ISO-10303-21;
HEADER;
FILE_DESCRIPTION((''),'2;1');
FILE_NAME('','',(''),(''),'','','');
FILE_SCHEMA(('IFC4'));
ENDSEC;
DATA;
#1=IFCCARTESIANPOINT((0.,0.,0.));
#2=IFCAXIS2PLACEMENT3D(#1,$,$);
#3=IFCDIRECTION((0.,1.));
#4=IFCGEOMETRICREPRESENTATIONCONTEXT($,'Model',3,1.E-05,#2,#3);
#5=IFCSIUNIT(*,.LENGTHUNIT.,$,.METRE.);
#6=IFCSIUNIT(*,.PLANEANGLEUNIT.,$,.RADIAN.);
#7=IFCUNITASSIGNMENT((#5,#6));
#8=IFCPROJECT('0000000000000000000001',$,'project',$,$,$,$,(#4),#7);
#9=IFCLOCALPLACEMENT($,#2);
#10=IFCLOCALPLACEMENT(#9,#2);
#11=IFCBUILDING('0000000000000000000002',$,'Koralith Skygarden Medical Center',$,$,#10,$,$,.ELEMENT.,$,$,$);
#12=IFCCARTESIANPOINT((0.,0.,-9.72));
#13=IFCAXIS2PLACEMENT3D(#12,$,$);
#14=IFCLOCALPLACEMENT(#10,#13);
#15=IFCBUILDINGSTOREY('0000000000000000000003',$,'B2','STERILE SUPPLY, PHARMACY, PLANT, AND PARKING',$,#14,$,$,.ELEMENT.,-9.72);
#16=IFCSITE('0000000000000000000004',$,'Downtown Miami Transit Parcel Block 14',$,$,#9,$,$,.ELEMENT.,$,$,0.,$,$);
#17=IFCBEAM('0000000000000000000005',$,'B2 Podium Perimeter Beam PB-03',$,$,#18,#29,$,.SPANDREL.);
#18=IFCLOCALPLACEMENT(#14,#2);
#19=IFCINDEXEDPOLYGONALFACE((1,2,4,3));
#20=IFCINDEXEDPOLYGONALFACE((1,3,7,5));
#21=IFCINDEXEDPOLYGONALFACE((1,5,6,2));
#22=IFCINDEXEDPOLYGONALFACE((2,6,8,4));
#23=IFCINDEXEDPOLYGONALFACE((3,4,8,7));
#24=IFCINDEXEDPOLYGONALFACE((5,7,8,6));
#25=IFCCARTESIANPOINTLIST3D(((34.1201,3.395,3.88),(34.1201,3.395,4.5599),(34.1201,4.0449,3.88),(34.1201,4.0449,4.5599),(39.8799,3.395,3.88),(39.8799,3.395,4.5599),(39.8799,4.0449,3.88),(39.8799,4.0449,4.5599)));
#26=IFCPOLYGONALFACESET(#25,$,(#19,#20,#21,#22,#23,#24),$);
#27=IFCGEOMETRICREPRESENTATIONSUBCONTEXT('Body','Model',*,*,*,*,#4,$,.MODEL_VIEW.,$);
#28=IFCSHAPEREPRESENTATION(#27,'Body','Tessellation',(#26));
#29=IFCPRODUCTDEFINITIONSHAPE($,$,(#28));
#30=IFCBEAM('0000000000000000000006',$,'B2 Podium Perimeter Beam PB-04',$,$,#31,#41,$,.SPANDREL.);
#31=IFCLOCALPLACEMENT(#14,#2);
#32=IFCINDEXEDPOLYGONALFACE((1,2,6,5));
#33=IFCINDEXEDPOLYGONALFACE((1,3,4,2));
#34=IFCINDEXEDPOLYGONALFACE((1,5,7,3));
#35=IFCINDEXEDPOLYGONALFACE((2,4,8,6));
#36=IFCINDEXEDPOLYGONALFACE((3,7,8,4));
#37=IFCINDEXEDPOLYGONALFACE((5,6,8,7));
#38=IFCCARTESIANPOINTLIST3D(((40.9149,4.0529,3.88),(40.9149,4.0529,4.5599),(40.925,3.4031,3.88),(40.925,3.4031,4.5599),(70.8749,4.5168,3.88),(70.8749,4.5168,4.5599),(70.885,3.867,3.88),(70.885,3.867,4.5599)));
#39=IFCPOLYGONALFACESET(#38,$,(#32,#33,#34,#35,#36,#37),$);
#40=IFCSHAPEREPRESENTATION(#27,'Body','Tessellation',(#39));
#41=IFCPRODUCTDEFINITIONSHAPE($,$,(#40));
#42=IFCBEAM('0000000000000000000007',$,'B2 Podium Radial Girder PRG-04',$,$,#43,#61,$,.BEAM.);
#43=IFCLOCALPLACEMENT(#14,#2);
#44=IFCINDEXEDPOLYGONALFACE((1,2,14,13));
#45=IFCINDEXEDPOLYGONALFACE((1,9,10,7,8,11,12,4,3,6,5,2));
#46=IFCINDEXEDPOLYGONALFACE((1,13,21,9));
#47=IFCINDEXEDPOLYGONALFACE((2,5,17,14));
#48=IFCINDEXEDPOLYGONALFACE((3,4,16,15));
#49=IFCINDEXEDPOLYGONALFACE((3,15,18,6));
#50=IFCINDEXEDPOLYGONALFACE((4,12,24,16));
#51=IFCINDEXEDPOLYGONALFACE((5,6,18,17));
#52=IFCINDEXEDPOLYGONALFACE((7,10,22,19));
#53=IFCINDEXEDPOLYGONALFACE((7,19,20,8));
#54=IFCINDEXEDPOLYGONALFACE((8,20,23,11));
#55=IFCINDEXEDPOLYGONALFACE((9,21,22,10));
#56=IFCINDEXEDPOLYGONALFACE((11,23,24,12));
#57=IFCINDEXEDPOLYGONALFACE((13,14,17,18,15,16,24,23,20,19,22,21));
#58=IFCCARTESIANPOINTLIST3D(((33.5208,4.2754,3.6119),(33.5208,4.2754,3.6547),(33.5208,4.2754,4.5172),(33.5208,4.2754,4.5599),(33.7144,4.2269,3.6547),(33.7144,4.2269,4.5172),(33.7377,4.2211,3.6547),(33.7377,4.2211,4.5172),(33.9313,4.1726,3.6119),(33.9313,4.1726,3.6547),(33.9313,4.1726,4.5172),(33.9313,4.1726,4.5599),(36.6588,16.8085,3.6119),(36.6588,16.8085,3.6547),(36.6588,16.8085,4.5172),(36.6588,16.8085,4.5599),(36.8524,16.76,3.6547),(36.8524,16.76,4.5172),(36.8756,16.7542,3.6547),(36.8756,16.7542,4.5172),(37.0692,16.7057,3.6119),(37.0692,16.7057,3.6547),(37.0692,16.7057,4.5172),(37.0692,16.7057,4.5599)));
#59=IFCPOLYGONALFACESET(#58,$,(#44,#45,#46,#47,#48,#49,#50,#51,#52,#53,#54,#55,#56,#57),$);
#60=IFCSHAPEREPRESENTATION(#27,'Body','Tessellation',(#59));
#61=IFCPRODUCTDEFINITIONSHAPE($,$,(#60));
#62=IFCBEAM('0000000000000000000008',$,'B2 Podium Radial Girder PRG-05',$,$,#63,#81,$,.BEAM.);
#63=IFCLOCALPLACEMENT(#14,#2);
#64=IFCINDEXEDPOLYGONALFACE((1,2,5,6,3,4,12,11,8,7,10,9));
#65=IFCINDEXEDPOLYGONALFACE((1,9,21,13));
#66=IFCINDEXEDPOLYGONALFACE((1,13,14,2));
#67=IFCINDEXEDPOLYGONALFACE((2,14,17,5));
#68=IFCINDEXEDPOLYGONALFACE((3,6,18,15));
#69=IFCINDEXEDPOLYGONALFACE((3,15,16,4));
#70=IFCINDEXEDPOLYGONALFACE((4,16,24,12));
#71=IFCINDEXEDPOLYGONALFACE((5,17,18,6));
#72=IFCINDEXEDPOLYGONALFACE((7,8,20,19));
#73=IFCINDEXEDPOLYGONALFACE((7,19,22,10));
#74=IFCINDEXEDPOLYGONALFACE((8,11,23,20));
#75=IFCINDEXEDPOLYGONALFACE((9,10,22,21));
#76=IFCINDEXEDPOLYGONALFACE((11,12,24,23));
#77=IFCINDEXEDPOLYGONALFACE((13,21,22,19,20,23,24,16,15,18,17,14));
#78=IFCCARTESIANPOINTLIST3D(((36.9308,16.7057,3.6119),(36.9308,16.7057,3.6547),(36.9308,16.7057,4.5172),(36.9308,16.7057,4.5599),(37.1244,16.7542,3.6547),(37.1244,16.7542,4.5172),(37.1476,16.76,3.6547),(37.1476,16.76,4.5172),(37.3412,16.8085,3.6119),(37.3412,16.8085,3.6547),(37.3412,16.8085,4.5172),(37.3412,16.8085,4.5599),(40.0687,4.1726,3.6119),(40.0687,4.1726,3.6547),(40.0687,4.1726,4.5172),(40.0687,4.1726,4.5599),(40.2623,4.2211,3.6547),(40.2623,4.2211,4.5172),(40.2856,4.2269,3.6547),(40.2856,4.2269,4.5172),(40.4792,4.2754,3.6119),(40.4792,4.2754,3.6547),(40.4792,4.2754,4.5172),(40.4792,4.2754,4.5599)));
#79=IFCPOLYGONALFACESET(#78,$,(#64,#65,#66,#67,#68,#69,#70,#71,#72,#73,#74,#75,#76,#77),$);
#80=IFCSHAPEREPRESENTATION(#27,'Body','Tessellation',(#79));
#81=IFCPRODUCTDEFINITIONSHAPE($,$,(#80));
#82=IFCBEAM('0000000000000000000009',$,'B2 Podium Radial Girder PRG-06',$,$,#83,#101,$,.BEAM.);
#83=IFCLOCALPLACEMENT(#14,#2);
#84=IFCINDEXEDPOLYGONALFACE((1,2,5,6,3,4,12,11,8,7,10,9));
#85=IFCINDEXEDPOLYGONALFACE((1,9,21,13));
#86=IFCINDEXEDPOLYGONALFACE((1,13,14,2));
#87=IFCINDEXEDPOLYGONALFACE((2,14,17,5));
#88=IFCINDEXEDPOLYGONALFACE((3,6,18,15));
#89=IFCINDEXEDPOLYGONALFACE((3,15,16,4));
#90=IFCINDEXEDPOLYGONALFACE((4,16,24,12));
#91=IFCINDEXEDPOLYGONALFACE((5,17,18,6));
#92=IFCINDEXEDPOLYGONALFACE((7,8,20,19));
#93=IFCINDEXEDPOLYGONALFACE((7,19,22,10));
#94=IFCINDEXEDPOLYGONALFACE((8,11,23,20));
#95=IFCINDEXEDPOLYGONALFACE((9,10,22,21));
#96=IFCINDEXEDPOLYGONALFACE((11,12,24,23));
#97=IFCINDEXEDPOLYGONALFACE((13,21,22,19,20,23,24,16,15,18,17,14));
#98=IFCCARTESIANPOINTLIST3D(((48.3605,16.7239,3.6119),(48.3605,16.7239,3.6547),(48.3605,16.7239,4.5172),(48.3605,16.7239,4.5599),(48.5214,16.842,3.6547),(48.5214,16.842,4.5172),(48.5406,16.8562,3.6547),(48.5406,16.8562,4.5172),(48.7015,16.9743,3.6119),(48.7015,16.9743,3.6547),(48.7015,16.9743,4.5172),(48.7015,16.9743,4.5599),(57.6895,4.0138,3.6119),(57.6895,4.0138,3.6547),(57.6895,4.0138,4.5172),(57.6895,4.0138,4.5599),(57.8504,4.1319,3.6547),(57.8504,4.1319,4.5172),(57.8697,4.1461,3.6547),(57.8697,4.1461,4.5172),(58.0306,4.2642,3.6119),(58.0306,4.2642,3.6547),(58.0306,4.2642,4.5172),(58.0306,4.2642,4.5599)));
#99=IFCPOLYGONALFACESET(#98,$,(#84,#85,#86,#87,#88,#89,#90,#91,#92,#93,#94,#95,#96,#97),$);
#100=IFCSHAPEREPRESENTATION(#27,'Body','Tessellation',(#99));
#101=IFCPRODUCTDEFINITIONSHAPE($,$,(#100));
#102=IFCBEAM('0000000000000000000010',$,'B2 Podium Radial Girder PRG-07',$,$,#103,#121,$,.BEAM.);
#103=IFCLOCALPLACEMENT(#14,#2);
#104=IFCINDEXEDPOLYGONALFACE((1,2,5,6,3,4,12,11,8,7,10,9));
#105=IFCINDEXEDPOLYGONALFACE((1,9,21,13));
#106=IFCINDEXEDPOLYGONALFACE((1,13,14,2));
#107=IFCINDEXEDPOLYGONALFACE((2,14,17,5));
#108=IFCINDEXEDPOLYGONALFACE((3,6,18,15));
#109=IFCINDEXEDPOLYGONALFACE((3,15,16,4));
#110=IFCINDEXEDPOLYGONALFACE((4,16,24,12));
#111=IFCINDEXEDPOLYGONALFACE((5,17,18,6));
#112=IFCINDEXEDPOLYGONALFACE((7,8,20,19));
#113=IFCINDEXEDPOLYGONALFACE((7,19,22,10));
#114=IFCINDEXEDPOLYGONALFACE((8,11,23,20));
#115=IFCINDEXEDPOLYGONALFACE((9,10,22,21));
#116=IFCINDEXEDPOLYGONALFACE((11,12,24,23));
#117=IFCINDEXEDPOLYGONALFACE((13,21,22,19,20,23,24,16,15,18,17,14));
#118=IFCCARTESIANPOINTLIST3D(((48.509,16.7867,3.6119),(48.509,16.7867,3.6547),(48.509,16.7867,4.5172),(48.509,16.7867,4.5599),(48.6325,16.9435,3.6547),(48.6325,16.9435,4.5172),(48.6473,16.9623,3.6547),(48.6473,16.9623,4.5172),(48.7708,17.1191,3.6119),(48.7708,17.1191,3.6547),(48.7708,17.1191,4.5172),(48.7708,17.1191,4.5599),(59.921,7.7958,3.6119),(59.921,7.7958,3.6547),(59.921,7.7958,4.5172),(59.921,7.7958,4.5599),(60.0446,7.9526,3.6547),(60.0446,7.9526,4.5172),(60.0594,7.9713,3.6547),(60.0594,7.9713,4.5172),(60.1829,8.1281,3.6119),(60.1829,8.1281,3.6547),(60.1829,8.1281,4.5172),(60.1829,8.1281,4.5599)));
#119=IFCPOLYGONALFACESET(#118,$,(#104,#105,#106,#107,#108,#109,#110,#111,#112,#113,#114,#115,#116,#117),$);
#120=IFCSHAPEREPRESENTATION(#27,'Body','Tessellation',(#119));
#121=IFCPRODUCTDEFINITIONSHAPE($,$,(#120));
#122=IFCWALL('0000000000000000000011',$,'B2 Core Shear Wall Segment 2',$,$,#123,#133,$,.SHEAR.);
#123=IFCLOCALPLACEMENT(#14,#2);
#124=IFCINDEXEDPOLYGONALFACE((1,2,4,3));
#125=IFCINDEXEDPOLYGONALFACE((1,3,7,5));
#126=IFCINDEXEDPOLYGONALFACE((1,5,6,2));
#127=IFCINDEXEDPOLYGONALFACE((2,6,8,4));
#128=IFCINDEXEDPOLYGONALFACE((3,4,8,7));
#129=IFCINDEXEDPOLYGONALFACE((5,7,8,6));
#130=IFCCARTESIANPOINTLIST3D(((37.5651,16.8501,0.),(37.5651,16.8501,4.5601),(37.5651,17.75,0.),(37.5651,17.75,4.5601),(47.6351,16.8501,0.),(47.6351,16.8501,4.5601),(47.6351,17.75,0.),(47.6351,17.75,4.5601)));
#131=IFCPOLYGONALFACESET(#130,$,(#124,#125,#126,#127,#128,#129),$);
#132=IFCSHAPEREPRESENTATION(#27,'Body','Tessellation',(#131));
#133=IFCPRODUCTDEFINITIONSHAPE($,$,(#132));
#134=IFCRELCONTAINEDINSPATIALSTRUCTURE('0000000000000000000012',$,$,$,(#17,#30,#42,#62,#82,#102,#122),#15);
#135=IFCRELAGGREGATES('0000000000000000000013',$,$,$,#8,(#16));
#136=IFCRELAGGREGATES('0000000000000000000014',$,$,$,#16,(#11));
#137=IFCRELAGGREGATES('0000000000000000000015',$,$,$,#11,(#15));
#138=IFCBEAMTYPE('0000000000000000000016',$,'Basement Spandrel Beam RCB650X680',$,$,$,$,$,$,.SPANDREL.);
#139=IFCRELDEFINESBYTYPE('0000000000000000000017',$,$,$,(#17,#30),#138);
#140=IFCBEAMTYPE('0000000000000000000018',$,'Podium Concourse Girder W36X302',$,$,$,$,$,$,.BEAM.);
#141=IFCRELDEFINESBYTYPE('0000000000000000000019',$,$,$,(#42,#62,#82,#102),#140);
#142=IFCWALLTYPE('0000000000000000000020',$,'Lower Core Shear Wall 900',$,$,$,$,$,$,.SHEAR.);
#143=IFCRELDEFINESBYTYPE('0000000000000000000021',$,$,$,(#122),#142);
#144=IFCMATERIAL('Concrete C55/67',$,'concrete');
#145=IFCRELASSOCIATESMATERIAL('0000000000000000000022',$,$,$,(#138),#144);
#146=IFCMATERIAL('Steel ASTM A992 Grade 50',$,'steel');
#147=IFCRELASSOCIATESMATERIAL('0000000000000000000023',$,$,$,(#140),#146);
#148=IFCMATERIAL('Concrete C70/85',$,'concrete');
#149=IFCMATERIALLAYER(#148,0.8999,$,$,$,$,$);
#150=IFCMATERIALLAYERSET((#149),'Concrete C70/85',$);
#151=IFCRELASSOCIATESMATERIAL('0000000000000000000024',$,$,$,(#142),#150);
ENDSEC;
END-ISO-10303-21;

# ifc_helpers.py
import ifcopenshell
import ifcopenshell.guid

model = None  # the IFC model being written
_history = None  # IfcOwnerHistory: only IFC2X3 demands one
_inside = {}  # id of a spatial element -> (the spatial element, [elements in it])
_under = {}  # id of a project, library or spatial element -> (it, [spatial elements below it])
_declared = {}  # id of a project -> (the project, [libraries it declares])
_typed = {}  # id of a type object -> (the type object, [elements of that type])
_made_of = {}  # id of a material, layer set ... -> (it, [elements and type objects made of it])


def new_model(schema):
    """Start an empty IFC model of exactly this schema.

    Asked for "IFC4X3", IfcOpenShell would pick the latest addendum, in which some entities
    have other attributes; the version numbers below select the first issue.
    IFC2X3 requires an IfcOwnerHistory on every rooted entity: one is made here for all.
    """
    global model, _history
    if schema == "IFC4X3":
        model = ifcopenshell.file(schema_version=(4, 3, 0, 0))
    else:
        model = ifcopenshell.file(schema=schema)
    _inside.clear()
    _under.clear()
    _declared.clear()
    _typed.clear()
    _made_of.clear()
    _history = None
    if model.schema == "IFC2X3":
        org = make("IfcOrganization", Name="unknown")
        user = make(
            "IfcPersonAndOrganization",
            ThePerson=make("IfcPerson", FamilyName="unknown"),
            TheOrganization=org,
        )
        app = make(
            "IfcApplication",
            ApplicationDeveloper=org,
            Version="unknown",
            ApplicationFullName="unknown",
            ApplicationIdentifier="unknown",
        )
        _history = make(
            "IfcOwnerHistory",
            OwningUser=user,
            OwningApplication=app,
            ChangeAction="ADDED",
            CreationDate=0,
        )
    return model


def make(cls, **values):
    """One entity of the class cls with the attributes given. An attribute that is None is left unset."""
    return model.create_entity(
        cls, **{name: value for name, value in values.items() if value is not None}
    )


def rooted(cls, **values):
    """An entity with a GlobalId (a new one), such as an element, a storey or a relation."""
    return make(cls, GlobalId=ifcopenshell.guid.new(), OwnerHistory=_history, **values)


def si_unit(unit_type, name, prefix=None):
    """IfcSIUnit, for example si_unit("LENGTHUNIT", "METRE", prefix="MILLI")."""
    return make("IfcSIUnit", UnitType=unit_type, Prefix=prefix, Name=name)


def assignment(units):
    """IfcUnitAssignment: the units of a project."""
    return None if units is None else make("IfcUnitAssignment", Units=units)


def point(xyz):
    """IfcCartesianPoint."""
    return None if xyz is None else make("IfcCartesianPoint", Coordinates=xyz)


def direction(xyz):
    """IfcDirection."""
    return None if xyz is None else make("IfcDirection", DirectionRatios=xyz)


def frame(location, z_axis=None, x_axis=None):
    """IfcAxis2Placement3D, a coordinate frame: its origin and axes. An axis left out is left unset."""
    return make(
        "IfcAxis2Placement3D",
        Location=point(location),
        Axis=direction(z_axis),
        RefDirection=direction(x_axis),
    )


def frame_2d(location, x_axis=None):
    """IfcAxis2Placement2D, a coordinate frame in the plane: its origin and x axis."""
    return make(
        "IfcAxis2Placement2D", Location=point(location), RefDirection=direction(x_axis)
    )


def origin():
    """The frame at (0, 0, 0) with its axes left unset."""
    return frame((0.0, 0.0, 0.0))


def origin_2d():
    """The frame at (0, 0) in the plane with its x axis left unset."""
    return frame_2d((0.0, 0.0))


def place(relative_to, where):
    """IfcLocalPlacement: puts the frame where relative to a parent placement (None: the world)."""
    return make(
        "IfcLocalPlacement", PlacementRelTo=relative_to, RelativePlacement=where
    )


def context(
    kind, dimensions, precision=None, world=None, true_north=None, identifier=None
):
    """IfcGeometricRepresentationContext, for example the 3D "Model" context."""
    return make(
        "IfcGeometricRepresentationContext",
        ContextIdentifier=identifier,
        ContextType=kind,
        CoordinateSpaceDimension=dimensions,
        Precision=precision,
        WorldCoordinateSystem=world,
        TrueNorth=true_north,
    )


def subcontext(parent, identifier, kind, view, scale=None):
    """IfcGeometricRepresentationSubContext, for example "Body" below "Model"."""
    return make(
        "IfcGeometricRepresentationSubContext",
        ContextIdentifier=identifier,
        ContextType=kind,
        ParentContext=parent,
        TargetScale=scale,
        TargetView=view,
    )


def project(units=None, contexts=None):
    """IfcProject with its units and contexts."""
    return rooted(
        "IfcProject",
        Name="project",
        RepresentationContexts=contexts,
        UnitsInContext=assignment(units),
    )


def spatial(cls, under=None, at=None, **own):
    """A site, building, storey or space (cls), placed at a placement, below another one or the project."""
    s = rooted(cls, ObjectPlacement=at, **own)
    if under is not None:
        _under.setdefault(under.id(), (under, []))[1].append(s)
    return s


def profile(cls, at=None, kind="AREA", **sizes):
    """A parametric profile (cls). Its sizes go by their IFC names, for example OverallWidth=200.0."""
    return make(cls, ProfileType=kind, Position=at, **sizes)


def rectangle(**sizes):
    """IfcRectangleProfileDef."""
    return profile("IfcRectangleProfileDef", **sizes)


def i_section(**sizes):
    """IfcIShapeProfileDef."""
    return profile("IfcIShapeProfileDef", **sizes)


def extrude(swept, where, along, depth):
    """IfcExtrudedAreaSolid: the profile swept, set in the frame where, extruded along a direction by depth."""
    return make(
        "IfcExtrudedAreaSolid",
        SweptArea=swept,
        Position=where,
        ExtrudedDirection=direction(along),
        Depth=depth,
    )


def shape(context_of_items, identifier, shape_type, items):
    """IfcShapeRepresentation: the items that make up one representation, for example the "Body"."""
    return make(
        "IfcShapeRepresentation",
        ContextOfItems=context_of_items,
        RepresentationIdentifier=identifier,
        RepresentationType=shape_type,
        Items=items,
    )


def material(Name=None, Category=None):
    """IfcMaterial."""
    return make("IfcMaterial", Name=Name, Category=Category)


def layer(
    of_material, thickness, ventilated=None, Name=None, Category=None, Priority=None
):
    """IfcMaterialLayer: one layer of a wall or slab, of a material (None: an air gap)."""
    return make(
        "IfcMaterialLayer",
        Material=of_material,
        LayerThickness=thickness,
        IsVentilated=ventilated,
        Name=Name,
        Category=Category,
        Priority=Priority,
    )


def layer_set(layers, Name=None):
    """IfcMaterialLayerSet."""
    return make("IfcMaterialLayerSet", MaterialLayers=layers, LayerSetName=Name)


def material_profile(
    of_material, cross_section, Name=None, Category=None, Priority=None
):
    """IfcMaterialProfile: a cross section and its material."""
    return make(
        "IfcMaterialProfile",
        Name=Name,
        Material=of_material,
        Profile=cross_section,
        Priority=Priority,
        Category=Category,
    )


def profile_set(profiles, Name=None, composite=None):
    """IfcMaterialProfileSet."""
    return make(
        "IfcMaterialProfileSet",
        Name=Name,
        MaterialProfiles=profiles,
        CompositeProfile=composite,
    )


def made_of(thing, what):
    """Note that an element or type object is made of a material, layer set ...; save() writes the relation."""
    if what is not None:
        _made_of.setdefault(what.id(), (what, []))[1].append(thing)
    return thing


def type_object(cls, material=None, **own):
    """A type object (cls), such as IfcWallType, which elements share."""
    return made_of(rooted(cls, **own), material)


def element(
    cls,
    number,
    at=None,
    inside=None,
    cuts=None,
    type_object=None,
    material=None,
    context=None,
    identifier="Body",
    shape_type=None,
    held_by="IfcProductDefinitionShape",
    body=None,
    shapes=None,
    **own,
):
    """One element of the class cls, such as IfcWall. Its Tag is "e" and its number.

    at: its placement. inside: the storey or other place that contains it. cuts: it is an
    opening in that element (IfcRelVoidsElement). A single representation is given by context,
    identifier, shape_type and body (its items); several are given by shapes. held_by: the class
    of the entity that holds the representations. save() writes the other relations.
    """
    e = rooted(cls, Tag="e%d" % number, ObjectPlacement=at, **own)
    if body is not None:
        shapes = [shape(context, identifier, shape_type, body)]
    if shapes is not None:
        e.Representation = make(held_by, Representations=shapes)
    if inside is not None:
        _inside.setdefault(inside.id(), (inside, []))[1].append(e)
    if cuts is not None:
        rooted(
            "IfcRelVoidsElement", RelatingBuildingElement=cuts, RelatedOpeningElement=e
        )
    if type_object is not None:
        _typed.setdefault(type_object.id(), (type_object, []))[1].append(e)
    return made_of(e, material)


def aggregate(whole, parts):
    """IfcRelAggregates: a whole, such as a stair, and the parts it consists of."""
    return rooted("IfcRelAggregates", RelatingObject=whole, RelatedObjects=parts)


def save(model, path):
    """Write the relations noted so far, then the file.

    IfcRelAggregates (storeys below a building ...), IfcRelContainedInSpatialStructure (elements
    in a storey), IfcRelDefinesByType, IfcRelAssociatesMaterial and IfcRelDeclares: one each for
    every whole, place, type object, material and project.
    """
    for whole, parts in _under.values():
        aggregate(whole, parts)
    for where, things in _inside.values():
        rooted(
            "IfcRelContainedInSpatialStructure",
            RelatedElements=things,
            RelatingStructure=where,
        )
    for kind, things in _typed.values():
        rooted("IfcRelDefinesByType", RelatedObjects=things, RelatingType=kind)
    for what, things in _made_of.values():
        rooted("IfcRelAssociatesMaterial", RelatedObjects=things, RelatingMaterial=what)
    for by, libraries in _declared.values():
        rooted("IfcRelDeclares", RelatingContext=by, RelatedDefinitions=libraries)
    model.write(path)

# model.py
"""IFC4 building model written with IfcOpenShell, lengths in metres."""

from ifc_helpers import new_model, si_unit, direction, frame, frame_2d, origin, origin_2d, place, context, subcontext, project, spatial, rectangle, i_section, extrude, material, layer, layer_set, material_profile, profile_set, type_object, element, save


model = new_model("IFC4")

# Units and contexts
model_context = context("Model", 3, precision=1e-05, world=origin(), true_north=direction((0.0, 1.0)))
body_context = subcontext(model_context, "Body", "Model", "MODEL_VIEW")
ifc_project = project(units=[si_unit("LENGTHUNIT", "METRE"), si_unit("PLANEANGLEUNIT", "RADIAN")], contexts=[model_context])

# Site, building, storey
site_placement = place(None, origin())
site = spatial("IfcSite", under=ifc_project, at=site_placement, Name="Downtown Miami Transit Parcel Block 14", CompositionType="ELEMENT", RefElevation=0.0)
building_placement = place(site_placement, origin())
building = spatial("IfcBuilding", under=site, at=building_placement, Name="Koralith Skygarden Medical Center", CompositionType="ELEMENT")
storey_placement = place(building_placement, frame((0.0, 0.0, -9.72)))
storey = spatial("IfcBuildingStorey", under=building, at=storey_placement, Name="B2", Description="STERILE SUPPLY, PHARMACY, PLANT, AND PARKING", CompositionType="ELEMENT", Elevation=-9.72)

# Shared definitions
ifc_material_1 = material(Name="Concrete C70/85", Category="concrete")

# Beams
ifc_material_2 = material(Name="Concrete C55/67", Category="concrete")
ifc_material_profile_1 = material_profile(ifc_material_2, rectangle(XDim=0.6499, YDim=0.6799, at=origin_2d()), Name="RCB650X680")
ifc_profile_set_1 = profile_set([ifc_material_profile_1], Name="Concrete C55/67")
beam_type_1 = type_object("IfcBeamType", Name="Basement Spandrel Beam RCB650X680", PredefinedType="SPANDREL", material=ifc_profile_set_1)
beam_1_placement = place(storey_placement, frame((34.1201, 3.72, 4.22), z_axis=(1.0, 0.0, 0.0), x_axis=(0.0, 1.0, 0.0)))
element("IfcBeam", 1, at=beam_1_placement, inside=storey, type_object=beam_type_1, Name="B2 Podium Perimeter Beam PB-03", PredefinedType="SPANDREL", context=body_context, shape_type="SweptSolid", body=[
    extrude(rectangle(XDim=0.6499, YDim=0.6799, at=origin_2d()), origin(), (0.0, 0.0, 1.0), 5.7598),
])
beam_2_placement = place(storey_placement, frame((40.9199, 3.728, 4.22), z_axis=(0.99988, 0.015481, 0.0), x_axis=(-0.015481, 0.99988, 0.0)))
element("IfcBeam", 2, at=beam_2_placement, inside=storey, type_object=beam_type_1, Name="B2 Podium Perimeter Beam PB-04", PredefinedType="SPANDREL", context=body_context, shape_type="SweptSolid", body=[
    extrude(rectangle(XDim=0.6499, YDim=0.6799, at=origin_2d()), origin(), (0.0, 0.0, 1.0), 29.9636),
])
ifc_material_3 = material(Name="Steel ASTM A992 Grade 50", Category="steel")
ifc_material_profile_2 = material_profile(ifc_material_3, i_section(OverallWidth=0.4231, OverallDepth=0.948, WebThickness=0.0239, FlangeThickness=0.0427, at=origin_2d()), Name="W36X302")
ifc_profile_set_2 = profile_set([ifc_material_profile_2], Name="Steel ASTM A992 Grade 50")
beam_type_2 = type_object("IfcBeamType", Name="Podium Concourse Girder W36X302", PredefinedType="BEAM", material=ifc_profile_set_2)
for number, where, z_axis, x_axis, name in (
    (3, (36.864, 16.7571, 4.0859), (-0.242878, -0.970057, 0.0), (0.970057, -0.242878, 0.0), "B2 Podium Radial Girder PRG-04"),
    (4, (37.136, 16.7571, 4.0859), (0.242878, -0.970057, 0.0), (0.970057, 0.242878, 0.0), "B2 Podium Radial Girder PRG-05"),
):
    element("IfcBeam", number, at=place(storey_placement, frame(where, z_axis=z_axis, x_axis=x_axis)), inside=storey, type_object=beam_type_2, Name=name, PredefinedType="BEAM", context=body_context, shape_type="SweptSolid", body=[
        extrude(i_section(OverallWidth=0.4231, OverallDepth=0.948, WebThickness=0.0239, FlangeThickness=0.0427, at=origin_2d()), origin(), (0.0, 0.0, 1.0), 12.9199),
    ])
beam_3_placement = place(storey_placement, frame((48.531, 16.8491, 4.0859), z_axis=(0.591705, -0.806154, 0.0), x_axis=(0.806154, 0.591705, 0.0)))
element("IfcBeam", 5, at=beam_3_placement, inside=storey, type_object=beam_type_2, Name="B2 Podium Radial Girder PRG-06", PredefinedType="BEAM", context=body_context, shape_type="SweptSolid", body=[
    extrude(i_section(OverallWidth=0.4231, OverallDepth=0.948, WebThickness=0.0239, FlangeThickness=0.0427, at=origin_2d()), origin(), (0.0, 0.0, 1.0), 15.7664),
])
beam_4_placement = place(storey_placement, frame((48.6399, 16.9529, 4.0859), z_axis=(0.785505, -0.618856, 0.0), x_axis=(0.618856, 0.785505, 0.0)))
element("IfcBeam", 6, at=beam_4_placement, inside=storey, type_object=beam_type_2, Name="B2 Podium Radial Girder PRG-07", PredefinedType="BEAM", context=body_context, shape_type="SweptSolid", body=[
    extrude(i_section(OverallWidth=0.4231, OverallDepth=0.948, WebThickness=0.0239, FlangeThickness=0.0427, at=origin_2d()), origin(), (0.0, 0.0, 1.0), 14.5283),
])

# Wall
ifc_layer = layer(ifc_material_1, 0.8999)
ifc_layer_set = layer_set([ifc_layer], Name="Concrete C70/85")
wall_type = type_object("IfcWallType", Name="Lower Core Shear Wall 900", PredefinedType="SHEAR", material=ifc_layer_set)
wall_placement = place(storey_placement, frame((37.5649, 17.3, 0.0), z_axis=(0.0, 0.0, 1.0), x_axis=(1.0, 0.0, 0.0)))
element("IfcWall", 7, at=wall_placement, inside=storey, type_object=wall_type, Name="B2 Core Shear Wall Segment 2", PredefinedType="SHEAR", context=body_context, shape_type="SweptSolid", body=[
    extrude(rectangle(XDim=10.0701, YDim=0.8999, at=frame_2d((5.0352, 0.0))), origin(), (0.0, 0.0, 1.0), 4.5601),
])

save(model, "model.ifc")
